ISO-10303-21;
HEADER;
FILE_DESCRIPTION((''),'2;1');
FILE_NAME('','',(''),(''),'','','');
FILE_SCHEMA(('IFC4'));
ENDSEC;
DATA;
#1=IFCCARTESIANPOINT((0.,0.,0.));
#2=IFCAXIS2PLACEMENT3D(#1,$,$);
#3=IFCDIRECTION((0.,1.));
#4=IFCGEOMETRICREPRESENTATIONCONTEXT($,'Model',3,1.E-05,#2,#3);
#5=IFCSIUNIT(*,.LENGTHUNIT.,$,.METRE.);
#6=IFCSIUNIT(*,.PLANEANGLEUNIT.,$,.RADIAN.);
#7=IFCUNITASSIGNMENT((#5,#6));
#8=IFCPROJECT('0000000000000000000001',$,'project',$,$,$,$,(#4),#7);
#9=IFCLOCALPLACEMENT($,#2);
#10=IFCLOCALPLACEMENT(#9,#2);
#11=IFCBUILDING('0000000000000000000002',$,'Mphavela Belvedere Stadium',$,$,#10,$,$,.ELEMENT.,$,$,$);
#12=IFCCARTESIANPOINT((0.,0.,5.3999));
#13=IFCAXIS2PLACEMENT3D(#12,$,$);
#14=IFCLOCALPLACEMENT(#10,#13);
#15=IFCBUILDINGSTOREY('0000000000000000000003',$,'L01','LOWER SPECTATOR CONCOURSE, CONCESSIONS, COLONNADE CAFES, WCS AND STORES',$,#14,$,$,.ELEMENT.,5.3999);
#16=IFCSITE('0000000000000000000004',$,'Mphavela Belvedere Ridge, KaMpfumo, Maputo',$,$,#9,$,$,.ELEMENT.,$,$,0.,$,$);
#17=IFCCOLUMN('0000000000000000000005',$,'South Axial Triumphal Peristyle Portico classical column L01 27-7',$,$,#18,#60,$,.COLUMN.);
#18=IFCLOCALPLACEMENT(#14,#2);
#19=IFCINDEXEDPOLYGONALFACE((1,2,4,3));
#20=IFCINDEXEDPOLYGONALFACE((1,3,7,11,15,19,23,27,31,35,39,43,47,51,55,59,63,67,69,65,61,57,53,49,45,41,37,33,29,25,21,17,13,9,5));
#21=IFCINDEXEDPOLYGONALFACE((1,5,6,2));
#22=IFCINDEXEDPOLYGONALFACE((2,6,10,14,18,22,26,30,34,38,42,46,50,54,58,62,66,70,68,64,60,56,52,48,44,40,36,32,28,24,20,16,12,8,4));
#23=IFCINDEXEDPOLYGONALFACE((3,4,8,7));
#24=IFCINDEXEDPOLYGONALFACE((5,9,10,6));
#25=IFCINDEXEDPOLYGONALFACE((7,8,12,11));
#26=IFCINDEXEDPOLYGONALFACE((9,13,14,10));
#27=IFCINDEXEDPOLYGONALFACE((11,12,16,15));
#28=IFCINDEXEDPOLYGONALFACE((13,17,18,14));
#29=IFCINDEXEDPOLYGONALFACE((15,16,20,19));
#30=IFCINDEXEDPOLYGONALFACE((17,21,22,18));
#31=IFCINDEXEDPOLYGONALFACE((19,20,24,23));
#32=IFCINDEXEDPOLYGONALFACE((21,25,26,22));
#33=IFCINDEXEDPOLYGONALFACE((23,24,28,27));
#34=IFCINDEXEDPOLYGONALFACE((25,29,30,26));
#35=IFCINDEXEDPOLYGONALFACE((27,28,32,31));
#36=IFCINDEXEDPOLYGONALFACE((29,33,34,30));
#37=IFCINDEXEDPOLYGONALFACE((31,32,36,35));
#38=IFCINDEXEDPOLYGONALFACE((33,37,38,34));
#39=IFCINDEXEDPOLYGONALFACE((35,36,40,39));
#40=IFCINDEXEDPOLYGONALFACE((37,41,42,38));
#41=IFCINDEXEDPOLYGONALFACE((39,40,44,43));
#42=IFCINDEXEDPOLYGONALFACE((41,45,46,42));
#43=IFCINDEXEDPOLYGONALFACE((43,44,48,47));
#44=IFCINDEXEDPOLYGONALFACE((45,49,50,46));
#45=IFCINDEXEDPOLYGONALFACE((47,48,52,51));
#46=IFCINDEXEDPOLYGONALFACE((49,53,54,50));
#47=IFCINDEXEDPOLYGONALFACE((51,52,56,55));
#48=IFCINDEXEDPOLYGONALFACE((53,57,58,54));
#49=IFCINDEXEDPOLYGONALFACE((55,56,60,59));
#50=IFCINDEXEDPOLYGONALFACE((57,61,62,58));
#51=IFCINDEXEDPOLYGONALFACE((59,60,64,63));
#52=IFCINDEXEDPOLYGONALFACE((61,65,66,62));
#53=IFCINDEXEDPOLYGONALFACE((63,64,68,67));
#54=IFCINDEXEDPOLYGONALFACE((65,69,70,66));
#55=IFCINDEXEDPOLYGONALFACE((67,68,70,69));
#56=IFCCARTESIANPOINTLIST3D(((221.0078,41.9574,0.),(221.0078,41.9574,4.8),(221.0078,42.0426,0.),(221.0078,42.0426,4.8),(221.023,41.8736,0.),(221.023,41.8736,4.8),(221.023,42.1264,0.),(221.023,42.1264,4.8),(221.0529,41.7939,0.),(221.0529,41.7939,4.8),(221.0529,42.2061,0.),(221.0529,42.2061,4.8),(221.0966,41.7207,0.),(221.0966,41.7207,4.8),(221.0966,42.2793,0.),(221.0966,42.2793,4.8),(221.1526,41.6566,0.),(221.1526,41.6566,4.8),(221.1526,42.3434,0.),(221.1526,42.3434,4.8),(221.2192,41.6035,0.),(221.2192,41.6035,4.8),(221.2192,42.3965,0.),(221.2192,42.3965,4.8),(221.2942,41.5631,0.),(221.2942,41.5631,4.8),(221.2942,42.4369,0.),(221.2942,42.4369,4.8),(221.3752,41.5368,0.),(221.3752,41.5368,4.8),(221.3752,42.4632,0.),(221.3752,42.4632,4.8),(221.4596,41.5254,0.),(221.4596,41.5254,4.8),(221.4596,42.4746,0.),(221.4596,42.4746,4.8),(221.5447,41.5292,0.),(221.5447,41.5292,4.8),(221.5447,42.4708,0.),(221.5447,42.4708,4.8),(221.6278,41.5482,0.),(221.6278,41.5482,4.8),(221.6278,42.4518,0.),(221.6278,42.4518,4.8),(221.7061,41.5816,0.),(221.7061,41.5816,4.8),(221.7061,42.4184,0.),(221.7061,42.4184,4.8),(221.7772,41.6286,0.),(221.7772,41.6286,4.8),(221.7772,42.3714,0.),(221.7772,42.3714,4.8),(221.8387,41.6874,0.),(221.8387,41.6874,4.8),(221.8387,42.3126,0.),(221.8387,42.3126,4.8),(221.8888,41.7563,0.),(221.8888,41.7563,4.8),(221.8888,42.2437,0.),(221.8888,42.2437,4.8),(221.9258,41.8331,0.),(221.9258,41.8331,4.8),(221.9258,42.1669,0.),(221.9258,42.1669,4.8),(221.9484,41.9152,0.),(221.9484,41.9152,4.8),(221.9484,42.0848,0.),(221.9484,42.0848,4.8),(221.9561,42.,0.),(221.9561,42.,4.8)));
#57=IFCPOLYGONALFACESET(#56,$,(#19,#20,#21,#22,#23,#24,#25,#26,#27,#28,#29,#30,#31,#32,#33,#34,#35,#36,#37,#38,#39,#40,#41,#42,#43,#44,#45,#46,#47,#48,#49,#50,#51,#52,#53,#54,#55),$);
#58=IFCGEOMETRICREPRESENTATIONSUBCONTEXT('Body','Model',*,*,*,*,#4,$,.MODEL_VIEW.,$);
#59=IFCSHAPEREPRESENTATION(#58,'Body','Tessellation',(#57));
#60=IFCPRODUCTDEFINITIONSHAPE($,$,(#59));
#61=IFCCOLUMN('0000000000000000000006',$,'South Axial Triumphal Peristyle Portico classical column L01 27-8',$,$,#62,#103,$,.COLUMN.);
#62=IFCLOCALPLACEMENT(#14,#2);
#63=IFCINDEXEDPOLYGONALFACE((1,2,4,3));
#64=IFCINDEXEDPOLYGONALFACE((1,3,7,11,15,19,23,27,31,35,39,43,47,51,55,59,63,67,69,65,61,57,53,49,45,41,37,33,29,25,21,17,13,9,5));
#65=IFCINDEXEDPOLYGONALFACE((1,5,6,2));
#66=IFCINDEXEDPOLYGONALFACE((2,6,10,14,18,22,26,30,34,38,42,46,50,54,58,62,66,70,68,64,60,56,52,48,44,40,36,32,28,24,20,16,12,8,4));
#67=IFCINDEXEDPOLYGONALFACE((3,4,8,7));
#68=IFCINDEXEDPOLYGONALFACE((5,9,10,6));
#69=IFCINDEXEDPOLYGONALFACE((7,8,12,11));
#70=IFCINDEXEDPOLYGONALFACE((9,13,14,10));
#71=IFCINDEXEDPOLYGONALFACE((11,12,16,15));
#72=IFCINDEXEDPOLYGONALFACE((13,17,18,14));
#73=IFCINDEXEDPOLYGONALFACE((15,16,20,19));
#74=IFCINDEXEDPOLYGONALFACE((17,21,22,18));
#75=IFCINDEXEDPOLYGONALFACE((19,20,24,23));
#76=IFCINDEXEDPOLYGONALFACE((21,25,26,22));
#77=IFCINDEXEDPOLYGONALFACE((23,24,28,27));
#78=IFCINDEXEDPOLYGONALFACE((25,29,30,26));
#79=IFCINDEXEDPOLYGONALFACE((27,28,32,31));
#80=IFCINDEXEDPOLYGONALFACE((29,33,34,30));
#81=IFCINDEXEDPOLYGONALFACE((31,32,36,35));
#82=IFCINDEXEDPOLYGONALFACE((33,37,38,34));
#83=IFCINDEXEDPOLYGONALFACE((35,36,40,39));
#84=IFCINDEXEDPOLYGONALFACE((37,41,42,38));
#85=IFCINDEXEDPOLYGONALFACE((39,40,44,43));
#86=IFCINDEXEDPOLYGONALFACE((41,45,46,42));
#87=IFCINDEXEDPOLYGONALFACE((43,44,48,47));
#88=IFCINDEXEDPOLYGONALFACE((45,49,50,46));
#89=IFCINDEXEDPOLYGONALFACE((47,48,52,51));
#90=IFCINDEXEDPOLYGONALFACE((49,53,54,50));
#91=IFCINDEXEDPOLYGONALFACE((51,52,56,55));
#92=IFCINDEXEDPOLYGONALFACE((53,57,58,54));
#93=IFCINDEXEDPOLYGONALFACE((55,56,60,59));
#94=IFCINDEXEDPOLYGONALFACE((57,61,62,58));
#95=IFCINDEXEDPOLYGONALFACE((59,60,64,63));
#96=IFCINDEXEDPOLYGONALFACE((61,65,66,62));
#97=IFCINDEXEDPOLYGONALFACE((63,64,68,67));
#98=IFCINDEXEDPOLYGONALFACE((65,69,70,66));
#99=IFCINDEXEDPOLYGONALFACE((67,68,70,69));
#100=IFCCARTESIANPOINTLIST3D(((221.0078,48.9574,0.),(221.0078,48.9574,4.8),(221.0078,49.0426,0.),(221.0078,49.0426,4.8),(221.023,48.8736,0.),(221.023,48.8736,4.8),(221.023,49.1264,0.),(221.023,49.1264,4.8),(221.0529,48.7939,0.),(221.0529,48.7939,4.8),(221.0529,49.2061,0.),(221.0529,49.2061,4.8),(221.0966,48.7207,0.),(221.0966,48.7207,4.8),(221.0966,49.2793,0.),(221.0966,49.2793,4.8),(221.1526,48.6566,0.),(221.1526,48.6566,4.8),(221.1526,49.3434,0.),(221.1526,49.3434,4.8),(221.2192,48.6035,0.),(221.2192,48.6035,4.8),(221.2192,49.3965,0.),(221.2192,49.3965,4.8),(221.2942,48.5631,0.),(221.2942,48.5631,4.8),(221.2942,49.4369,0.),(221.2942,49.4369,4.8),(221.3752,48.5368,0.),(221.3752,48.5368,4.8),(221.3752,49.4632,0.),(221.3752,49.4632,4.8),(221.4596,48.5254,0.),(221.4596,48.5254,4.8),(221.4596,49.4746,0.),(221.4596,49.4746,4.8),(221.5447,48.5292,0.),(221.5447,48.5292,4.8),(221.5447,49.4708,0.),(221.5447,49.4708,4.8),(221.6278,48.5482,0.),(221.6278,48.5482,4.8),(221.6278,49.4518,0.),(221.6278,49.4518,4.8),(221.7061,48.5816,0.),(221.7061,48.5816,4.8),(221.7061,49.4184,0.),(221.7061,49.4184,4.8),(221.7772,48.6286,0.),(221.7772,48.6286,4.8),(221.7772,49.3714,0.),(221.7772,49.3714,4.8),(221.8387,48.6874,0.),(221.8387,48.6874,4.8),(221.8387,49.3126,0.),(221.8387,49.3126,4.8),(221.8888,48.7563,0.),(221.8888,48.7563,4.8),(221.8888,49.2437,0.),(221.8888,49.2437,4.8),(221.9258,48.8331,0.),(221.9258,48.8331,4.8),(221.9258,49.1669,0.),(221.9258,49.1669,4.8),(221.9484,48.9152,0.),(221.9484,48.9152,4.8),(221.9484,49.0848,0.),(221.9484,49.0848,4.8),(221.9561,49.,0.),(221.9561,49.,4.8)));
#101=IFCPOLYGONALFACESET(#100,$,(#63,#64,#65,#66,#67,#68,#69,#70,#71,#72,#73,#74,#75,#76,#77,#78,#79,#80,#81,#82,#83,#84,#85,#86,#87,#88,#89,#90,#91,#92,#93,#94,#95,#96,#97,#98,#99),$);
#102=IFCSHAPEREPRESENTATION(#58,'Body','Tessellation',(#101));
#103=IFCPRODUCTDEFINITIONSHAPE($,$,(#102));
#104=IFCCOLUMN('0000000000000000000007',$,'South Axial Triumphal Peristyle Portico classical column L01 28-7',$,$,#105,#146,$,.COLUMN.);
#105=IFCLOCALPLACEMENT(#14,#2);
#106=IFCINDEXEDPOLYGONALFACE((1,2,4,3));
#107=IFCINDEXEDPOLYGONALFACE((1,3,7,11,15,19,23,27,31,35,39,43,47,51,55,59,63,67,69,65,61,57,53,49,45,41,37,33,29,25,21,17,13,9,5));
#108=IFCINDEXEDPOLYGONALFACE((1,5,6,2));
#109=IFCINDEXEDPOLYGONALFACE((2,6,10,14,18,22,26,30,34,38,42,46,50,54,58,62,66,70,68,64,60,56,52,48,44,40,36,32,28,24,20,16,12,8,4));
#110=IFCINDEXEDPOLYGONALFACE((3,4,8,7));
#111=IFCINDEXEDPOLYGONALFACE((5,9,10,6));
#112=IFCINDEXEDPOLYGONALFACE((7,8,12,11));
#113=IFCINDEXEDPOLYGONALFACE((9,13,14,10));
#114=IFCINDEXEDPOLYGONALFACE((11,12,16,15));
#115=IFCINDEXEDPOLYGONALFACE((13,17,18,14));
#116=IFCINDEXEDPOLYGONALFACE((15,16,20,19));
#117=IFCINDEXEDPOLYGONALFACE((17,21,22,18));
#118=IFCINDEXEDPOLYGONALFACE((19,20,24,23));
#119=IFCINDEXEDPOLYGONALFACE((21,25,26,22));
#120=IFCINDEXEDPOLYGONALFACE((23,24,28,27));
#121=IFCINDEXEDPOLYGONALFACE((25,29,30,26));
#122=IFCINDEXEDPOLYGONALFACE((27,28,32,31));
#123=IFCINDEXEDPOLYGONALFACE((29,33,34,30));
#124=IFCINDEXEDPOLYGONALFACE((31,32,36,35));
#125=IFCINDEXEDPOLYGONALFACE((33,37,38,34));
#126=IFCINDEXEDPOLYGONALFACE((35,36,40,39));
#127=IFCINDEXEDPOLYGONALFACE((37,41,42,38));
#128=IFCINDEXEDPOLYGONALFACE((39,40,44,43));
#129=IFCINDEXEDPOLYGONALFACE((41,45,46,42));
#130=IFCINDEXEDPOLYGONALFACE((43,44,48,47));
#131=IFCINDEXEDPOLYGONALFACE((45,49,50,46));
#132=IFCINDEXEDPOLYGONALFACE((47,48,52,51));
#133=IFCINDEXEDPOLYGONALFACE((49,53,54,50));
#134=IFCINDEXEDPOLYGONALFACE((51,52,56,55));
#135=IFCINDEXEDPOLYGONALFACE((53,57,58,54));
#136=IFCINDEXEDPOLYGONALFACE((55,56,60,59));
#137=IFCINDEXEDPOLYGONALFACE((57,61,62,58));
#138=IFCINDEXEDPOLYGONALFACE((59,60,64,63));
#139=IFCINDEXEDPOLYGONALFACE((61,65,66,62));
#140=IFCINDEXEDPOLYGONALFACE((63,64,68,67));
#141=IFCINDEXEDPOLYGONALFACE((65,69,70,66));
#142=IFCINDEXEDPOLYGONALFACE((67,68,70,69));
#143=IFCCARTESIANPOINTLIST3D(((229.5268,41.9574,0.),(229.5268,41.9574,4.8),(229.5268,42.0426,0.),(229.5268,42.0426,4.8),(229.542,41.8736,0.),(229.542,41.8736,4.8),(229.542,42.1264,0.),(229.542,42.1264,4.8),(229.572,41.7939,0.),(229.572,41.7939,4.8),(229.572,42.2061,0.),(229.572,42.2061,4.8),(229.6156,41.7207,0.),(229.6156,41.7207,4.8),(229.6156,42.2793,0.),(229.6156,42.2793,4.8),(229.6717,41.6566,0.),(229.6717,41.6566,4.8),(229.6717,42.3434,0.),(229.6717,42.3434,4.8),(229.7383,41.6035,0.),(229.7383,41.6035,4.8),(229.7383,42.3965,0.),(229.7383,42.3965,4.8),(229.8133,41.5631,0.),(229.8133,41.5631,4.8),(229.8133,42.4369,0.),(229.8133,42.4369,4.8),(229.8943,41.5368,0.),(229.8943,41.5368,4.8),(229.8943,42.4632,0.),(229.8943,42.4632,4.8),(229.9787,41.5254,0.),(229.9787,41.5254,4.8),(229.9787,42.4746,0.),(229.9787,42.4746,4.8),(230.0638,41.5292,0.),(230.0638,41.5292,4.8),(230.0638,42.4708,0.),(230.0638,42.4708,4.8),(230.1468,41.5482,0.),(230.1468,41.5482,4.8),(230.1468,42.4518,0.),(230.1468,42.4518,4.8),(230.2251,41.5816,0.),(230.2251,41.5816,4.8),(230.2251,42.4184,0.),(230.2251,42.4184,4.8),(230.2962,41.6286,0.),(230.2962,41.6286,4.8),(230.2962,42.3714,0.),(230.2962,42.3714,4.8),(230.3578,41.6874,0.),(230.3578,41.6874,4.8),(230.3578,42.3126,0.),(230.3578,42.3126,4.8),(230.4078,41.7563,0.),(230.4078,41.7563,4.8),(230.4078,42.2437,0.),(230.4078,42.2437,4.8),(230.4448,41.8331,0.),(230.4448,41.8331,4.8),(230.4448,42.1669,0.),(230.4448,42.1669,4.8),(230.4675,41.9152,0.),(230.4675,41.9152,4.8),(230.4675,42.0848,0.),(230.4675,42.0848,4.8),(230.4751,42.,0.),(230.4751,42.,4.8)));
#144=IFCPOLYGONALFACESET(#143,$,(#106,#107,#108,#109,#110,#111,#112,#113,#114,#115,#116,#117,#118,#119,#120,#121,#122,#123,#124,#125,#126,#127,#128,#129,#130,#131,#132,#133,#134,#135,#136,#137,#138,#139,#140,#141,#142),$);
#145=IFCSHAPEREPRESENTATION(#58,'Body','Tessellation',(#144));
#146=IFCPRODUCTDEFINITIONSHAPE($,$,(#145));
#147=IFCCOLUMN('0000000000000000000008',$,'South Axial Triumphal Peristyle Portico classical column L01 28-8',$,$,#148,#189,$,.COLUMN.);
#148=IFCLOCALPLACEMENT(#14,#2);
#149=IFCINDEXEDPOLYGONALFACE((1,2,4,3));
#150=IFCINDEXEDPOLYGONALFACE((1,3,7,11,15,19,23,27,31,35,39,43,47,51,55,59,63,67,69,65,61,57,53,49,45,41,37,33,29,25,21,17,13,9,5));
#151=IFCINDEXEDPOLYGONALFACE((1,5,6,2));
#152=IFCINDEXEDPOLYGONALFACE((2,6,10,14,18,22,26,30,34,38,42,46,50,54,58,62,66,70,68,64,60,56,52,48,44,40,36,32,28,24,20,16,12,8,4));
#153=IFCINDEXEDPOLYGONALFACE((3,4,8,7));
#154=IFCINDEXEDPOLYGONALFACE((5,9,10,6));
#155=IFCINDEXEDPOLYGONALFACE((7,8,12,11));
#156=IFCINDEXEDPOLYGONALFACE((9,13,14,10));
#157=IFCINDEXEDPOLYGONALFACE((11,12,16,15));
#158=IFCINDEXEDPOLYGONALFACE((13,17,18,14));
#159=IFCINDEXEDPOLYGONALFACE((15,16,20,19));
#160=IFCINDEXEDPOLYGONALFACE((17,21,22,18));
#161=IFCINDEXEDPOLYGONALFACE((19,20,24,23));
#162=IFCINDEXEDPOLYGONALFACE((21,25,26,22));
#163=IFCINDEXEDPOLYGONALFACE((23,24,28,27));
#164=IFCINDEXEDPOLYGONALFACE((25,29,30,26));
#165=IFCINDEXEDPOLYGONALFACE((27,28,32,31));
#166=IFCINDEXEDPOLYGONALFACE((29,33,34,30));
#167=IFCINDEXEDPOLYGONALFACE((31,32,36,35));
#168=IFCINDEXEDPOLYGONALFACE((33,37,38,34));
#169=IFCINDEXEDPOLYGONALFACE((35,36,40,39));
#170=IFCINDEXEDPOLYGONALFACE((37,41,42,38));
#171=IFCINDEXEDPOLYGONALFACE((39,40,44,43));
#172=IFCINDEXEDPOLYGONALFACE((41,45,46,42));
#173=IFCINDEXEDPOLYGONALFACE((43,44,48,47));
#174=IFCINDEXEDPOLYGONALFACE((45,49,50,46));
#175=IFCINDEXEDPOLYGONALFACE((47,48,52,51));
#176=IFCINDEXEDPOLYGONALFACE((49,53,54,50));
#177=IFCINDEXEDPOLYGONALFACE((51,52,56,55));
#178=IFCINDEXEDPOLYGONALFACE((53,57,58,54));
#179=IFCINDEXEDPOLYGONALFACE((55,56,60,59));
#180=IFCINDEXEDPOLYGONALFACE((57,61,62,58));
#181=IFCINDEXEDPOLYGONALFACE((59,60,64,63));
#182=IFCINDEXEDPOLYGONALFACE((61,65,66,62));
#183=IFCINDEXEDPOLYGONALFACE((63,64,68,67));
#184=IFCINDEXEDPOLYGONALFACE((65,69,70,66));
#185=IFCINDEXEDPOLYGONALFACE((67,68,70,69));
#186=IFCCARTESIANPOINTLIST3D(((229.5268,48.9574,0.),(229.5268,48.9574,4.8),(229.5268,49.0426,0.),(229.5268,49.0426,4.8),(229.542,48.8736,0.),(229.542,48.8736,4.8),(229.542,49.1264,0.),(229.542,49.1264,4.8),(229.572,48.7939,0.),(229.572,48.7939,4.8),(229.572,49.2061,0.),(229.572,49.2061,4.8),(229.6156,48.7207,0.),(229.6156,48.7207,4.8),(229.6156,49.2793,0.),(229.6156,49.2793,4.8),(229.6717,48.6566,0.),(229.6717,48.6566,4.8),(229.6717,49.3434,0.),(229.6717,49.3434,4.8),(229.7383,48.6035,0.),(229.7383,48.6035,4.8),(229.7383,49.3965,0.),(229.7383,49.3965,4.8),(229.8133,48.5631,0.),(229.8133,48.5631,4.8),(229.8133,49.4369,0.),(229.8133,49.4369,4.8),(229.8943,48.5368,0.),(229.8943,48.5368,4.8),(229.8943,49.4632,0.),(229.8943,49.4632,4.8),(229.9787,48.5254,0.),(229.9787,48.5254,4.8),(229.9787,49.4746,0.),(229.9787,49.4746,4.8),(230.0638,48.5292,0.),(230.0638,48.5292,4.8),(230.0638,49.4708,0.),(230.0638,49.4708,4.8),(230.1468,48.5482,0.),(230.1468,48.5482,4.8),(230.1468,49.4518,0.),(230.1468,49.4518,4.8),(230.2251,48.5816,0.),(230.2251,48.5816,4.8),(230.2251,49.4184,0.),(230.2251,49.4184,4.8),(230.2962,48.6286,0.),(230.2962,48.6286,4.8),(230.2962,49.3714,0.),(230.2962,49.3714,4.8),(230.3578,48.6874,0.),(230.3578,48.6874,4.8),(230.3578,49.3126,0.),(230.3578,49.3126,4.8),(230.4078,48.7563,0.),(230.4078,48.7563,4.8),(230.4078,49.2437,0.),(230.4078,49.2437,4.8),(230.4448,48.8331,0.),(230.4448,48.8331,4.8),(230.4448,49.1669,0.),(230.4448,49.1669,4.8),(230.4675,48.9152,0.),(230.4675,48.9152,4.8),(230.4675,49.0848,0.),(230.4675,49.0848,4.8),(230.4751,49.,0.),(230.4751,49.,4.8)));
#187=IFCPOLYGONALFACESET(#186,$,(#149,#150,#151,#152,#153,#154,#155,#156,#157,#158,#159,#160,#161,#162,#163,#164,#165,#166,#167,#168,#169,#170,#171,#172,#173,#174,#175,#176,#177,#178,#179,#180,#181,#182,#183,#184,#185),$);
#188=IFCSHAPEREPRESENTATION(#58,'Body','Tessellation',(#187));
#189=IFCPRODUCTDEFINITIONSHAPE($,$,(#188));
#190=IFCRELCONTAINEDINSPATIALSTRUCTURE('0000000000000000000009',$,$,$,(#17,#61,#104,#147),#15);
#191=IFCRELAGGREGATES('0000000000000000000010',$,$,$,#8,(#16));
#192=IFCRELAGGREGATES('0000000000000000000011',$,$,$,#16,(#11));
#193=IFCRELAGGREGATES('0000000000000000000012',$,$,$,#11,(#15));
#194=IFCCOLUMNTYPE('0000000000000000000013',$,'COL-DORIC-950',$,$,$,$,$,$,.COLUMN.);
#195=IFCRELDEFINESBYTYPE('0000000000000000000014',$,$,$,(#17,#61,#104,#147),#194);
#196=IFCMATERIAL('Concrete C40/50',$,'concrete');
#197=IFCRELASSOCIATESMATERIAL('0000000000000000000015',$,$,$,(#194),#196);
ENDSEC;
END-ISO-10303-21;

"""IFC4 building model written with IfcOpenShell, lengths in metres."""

from ifc_helpers import new_model, si_unit, direction, frame, origin, origin_2d, place, context, subcontext, project, spatial, circle, extrude, material, material_profile, profile_set, type_object, element, save


model = new_model("IFC4")

# Units and contexts
model_context = context("Model", 3, precision=1e-05, world=origin(), true_north=direction((0.0, 1.0)))
body_context = subcontext(model_context, "Body", "Model", "MODEL_VIEW")
ifc_project = project(units=[si_unit("LENGTHUNIT", "METRE"), si_unit("PLANEANGLEUNIT", "RADIAN")], contexts=[model_context])

# Site, building, storey
site_placement = place(None, origin())
site = spatial("IfcSite", under=ifc_project, at=site_placement, Name="Mphavela Belvedere Ridge, KaMpfumo, Maputo", CompositionType="ELEMENT", RefElevation=0.0)
building_placement = place(site_placement, origin())
building = spatial("IfcBuilding", under=site, at=building_placement, Name="Mphavela Belvedere Stadium", CompositionType="ELEMENT")
storey_placement = place(building_placement, frame((0.0, 0.0, 5.3999)))
storey = spatial("IfcBuildingStorey", under=building, at=storey_placement, Name="L01", Description="LOWER SPECTATOR CONCOURSE, CONCESSIONS, COLONNADE CAFES, WCS AND STORES", CompositionType="ELEMENT", Elevation=5.3999)

# Columns
ifc_material_1 = material(Name="Concrete C40/50", Category="concrete")
ifc_material_profile_1 = material_profile(ifc_material_1, circle(Radius=0.4751, at=origin_2d()), Name="COL D950")
ifc_profile_set_1 = profile_set([ifc_material_profile_1], Name="Concrete C40/50")
column_type_1 = type_object("IfcColumnType", Name="COL-DORIC-950", PredefinedType="COLUMN", material=ifc_profile_set_1)
for number, where, z_axis, x_axis, name in (
    (1, (221.481, 42.0, 0.0), (0.0, 0.0, 1.0), (1.0, 0.0, 0.0), "South Axial Triumphal Peristyle Portico classical column L01 27-7"),
    (2, (221.481, 49.0, 0.0), (0.0, 0.0, 1.0), (1.0, 0.0, 0.0), "South Axial Triumphal Peristyle Portico classical column L01 27-8"),
    (3, (230.0, 42.0, 0.0), (0.0, 0.0, 1.0), (1.0, 0.0, 0.0), "South Axial Triumphal Peristyle Portico classical column L01 28-7"),
    (4, (230.0, 49.0, 0.0), (0.0, 0.0, 1.0), (1.0, 0.0, 0.0), "South Axial Triumphal Peristyle Portico classical column L01 28-8"),
):
    element("IfcColumn", number, at=place(storey_placement, frame(where, z_axis=z_axis, x_axis=x_axis)), inside=storey, type_object=column_type_1, Name=name, PredefinedType="COLUMN", context=body_context, shape_type="SweptSolid", body=[
        extrude(circle(Radius=0.4751, at=origin_2d()), origin(), (0.0, 0.0, 1.0), 4.8),
    ])

save(model, "model.ifc")
